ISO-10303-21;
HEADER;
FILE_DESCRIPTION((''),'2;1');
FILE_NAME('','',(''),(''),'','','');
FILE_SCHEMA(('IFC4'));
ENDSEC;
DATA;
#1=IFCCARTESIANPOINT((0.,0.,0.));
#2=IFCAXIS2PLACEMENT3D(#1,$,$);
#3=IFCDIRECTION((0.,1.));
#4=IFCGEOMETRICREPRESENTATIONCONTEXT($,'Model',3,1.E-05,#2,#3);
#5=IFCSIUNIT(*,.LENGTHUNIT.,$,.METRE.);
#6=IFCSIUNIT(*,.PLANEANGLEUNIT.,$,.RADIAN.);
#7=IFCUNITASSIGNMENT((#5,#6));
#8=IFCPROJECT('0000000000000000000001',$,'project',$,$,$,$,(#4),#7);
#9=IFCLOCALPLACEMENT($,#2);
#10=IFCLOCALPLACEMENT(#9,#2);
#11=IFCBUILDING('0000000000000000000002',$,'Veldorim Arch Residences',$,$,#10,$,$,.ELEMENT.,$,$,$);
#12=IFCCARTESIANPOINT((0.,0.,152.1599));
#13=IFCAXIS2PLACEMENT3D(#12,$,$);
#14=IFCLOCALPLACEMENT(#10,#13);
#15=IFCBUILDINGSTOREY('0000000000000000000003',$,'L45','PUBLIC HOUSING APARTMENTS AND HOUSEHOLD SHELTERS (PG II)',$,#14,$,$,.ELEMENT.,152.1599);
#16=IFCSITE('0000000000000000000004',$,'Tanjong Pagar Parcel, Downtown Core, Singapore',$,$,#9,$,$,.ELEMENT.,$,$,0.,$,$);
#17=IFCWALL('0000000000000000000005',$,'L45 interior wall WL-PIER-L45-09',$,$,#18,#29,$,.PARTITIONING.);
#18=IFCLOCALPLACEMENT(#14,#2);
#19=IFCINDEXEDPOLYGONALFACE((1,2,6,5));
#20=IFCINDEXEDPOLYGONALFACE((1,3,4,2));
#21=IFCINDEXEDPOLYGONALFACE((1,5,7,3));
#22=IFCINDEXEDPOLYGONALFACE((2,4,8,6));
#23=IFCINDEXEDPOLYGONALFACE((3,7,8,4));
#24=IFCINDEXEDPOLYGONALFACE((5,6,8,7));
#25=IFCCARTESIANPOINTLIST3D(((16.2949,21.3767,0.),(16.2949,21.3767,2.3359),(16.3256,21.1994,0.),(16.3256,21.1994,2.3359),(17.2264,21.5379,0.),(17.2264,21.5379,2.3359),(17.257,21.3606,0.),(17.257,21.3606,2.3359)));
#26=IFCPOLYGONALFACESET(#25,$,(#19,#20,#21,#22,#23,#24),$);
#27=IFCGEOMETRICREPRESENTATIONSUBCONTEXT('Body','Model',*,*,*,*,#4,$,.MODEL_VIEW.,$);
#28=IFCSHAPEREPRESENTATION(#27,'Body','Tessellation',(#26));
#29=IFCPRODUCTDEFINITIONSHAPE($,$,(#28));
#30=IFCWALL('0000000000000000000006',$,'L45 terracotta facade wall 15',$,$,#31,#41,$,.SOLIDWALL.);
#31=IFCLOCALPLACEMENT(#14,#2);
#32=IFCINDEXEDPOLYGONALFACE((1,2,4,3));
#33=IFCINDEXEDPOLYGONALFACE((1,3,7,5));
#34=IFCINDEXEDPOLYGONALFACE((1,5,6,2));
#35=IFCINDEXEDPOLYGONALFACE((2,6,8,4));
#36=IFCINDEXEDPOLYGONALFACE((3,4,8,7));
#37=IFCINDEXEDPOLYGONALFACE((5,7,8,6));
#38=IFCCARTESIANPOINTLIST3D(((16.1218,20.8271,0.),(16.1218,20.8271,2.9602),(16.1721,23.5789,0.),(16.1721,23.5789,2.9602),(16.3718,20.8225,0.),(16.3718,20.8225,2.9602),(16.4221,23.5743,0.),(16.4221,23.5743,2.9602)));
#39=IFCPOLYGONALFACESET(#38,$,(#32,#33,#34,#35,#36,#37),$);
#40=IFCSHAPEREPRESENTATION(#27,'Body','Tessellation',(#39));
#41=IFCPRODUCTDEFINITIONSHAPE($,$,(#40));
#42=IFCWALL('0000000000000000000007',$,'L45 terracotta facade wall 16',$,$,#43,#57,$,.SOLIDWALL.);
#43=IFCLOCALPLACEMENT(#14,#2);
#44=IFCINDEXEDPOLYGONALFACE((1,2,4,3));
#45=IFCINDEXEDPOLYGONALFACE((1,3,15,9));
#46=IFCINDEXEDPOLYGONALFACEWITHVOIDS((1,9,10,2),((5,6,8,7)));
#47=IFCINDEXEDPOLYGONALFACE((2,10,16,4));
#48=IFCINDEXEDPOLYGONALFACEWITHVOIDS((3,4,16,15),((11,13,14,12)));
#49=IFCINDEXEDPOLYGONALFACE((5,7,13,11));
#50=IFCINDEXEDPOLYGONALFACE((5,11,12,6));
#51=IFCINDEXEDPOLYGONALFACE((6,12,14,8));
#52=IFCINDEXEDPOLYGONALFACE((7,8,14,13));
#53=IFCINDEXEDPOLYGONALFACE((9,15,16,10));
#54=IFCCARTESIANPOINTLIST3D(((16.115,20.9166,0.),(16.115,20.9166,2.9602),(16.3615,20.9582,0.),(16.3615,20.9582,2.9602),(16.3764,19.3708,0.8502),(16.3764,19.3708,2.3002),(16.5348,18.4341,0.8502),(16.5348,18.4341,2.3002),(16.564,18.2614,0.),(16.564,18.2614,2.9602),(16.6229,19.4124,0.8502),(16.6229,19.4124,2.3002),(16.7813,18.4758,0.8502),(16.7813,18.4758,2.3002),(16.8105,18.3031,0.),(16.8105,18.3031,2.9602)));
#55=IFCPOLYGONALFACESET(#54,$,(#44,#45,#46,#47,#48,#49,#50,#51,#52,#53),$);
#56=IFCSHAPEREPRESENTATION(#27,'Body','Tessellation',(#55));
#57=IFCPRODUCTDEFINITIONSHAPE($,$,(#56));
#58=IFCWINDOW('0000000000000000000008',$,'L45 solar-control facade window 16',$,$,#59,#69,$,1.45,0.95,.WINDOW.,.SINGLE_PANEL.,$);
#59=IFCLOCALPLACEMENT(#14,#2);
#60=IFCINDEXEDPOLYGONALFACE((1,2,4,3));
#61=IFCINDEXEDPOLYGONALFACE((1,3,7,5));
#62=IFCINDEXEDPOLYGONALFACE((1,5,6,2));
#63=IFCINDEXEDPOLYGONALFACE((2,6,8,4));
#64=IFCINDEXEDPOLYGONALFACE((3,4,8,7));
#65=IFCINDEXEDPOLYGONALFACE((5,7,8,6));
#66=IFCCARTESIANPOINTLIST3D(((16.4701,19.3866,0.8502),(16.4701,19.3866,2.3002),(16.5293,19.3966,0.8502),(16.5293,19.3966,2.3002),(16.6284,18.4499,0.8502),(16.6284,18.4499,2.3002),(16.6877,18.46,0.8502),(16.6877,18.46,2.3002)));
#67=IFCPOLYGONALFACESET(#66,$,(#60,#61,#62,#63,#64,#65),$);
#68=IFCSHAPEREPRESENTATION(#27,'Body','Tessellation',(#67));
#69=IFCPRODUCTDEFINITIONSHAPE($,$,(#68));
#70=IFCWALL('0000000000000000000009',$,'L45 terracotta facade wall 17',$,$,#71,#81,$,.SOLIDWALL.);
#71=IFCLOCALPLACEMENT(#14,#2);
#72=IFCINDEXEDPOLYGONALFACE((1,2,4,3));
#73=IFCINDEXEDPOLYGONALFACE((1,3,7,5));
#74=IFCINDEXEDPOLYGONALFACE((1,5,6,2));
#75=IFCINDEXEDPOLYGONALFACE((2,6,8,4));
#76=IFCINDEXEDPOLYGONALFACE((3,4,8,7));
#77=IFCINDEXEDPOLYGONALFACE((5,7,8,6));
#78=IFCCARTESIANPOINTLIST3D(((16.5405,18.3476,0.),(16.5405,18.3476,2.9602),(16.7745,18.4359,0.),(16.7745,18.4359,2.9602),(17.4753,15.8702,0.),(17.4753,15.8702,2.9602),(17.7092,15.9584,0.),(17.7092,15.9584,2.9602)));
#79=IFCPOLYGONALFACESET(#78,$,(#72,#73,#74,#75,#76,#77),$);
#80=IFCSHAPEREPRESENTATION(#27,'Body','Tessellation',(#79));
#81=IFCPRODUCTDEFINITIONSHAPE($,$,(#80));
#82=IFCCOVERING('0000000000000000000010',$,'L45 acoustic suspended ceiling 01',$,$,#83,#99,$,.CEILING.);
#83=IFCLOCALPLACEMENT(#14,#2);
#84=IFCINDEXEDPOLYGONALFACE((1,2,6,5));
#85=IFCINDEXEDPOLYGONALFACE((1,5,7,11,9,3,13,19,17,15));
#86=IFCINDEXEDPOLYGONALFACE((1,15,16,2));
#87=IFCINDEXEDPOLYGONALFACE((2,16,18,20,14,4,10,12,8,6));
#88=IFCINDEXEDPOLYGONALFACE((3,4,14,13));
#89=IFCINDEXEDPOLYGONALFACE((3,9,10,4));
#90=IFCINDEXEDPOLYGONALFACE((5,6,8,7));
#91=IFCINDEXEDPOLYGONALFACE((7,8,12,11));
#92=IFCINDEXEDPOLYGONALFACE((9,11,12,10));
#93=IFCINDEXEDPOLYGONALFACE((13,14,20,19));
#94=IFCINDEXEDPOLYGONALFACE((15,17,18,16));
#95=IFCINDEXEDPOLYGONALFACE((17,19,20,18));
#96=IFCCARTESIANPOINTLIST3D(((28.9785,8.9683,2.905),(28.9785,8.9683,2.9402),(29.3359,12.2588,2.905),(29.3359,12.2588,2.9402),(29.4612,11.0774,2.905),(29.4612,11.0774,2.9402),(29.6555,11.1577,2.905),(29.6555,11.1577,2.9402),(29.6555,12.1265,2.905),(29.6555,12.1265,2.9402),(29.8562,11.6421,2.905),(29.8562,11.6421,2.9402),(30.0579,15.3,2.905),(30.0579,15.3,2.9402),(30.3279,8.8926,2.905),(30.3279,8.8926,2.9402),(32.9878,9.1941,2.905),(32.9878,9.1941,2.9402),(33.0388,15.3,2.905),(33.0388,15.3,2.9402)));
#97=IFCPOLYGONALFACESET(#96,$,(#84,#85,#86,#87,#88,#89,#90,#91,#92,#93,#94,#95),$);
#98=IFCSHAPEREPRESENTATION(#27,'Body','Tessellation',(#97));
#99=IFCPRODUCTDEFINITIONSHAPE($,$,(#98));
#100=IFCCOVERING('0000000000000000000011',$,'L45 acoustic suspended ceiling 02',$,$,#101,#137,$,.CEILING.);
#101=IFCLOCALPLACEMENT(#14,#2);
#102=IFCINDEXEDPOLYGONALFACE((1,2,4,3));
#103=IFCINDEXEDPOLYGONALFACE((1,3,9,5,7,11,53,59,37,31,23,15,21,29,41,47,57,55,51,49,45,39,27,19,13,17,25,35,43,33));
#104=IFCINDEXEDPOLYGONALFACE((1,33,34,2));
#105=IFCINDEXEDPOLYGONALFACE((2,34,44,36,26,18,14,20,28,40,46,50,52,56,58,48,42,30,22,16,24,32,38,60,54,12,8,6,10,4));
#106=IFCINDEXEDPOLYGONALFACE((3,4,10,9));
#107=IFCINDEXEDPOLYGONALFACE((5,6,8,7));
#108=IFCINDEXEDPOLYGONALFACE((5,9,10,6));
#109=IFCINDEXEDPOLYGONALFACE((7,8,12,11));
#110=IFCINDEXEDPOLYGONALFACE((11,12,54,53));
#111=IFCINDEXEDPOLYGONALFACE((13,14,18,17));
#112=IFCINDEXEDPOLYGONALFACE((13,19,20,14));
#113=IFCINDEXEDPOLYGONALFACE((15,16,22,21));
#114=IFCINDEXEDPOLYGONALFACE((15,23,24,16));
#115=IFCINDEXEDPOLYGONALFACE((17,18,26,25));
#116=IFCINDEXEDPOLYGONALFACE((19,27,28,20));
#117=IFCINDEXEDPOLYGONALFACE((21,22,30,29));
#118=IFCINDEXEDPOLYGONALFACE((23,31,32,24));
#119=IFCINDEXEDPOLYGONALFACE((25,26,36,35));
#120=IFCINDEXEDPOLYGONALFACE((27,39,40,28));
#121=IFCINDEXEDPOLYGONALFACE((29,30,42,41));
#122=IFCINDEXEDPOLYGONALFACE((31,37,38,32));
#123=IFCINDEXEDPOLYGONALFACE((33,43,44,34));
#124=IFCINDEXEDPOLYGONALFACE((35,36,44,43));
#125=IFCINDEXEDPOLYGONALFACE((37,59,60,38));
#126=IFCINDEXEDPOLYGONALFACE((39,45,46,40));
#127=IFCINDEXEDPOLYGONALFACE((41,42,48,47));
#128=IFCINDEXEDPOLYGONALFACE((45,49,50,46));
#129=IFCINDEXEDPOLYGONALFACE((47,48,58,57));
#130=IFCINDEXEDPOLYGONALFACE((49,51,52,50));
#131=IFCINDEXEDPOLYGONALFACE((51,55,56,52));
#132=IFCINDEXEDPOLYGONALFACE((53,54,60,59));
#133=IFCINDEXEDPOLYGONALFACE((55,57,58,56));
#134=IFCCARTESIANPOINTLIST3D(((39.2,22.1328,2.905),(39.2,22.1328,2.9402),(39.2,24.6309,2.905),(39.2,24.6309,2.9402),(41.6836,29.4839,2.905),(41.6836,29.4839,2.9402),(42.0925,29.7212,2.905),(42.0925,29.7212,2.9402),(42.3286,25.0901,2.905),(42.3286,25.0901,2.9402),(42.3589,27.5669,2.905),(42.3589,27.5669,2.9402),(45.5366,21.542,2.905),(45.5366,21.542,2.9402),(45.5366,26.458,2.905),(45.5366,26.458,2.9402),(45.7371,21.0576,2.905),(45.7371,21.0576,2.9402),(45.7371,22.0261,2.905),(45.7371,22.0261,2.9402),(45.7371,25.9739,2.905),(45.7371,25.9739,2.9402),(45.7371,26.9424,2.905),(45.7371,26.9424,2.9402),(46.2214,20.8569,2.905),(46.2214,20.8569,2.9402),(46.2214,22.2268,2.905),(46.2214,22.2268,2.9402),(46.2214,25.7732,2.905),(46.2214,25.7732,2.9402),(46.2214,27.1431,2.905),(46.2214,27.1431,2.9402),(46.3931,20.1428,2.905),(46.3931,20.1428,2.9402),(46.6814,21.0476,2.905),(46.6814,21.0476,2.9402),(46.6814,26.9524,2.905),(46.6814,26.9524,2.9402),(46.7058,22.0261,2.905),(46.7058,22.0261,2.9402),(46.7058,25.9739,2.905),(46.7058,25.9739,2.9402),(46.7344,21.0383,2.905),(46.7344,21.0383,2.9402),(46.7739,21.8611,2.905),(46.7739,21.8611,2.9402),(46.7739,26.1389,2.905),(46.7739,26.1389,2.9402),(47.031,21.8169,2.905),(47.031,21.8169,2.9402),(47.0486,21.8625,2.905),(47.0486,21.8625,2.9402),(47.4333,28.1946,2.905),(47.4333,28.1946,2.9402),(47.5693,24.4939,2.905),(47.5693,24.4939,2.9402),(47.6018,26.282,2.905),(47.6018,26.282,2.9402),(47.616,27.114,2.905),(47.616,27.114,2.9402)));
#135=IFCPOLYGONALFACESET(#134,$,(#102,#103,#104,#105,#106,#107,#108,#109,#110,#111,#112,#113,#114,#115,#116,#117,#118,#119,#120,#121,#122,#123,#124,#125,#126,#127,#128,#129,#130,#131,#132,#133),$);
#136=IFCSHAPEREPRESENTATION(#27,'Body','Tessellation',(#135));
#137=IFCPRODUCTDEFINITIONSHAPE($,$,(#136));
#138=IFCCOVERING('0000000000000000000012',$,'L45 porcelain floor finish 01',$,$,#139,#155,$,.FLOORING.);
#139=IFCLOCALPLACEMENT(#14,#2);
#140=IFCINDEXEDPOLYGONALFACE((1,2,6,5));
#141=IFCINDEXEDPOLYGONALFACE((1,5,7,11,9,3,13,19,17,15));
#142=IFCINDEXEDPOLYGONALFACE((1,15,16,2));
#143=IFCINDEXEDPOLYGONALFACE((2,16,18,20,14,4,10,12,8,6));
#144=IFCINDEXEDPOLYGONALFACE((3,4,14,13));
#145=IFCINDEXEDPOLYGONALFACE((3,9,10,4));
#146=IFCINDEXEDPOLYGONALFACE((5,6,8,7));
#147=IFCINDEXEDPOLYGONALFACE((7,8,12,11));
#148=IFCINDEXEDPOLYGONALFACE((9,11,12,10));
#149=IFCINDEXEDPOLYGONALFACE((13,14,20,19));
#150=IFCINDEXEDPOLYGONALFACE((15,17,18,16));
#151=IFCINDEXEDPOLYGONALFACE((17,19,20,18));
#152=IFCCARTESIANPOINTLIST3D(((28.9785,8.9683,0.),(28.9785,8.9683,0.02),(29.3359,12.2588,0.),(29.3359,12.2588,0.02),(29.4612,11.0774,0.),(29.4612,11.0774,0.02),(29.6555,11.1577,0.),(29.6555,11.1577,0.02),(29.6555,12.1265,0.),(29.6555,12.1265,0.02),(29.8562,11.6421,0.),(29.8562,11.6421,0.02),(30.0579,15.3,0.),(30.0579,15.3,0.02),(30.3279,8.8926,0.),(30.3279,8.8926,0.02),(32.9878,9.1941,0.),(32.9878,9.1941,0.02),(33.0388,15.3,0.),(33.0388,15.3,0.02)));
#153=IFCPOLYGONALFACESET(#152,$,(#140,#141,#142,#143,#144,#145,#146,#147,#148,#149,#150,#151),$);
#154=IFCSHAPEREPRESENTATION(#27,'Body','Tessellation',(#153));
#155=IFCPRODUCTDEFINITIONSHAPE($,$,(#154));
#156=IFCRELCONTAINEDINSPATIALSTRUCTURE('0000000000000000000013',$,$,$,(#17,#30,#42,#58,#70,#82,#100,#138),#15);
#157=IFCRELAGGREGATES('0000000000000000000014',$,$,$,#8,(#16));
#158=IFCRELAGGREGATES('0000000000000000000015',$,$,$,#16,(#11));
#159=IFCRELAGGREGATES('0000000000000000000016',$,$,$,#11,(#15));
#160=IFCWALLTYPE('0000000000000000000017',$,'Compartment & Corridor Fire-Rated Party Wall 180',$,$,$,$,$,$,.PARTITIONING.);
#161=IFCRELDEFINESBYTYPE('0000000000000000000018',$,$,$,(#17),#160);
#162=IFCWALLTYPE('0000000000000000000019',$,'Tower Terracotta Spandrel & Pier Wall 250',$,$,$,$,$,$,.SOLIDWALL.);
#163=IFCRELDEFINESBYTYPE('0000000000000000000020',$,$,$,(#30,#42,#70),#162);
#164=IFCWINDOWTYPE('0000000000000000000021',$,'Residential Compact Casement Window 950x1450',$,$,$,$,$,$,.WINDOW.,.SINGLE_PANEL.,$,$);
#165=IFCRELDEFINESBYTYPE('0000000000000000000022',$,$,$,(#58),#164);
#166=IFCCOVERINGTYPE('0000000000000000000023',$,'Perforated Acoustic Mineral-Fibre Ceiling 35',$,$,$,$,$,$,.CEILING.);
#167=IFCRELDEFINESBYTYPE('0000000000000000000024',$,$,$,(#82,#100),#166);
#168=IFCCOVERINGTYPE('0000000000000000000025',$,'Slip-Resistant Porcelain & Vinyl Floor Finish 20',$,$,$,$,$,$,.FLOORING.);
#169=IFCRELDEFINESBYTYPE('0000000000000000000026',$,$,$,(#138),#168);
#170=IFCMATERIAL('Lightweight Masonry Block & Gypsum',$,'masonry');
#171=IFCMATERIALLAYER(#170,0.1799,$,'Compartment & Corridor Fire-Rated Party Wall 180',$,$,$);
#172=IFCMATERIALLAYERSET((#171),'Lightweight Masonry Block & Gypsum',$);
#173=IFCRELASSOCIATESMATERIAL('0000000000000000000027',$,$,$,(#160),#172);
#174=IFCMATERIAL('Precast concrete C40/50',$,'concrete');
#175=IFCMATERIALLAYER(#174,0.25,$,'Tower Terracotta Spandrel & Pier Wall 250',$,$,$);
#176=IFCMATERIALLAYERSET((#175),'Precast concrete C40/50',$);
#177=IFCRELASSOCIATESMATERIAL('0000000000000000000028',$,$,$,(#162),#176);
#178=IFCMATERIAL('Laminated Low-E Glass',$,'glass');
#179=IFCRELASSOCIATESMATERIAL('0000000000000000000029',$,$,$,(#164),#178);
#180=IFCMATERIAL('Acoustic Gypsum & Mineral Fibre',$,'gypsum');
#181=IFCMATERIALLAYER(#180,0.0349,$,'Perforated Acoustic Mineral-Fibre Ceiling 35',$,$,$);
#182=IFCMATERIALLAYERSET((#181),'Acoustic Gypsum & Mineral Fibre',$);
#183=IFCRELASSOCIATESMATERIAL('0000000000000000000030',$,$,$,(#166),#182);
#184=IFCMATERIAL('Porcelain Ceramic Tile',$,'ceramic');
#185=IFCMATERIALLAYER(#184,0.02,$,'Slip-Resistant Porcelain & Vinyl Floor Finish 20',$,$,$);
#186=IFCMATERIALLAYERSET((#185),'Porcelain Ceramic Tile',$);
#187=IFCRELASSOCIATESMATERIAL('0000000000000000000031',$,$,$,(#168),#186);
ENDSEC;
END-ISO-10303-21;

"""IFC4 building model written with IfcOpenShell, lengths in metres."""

from ifc_helpers import new_model, si_unit, direction, frame, frame_2d, origin, place, context, subcontext, project, spatial, polyline, rectangle, outline, extrude, material, layer, layer_set, type_object, element, fill, save


model = new_model("IFC4")

# Units and contexts
model_context = context("Model", 3, precision=1e-05, world=origin(), true_north=direction((0.0, 1.0)))
body_context = subcontext(model_context, "Body", "Model", "MODEL_VIEW")
ifc_project = project(units=[si_unit("LENGTHUNIT", "METRE"), si_unit("PLANEANGLEUNIT", "RADIAN")], contexts=[model_context])

# Site, building, storey
site_placement = place(None, origin())
site = spatial("IfcSite", under=ifc_project, at=site_placement, Name="Tanjong Pagar Parcel, Downtown Core, Singapore", CompositionType="ELEMENT", RefElevation=0.0)
building_placement = place(site_placement, origin())
building = spatial("IfcBuilding", under=site, at=building_placement, Name="Veldorim Arch Residences", CompositionType="ELEMENT")
storey_placement = place(building_placement, frame((0.0, 0.0, 152.1599)))
storey = spatial("IfcBuildingStorey", under=building, at=storey_placement, Name="L45", Description="PUBLIC HOUSING APARTMENTS AND HOUSEHOLD SHELTERS (PG II)", CompositionType="ELEMENT", Elevation=152.1599)

# Walls
ifc_material_1 = material(Name="Lightweight Masonry Block & Gypsum", Category="masonry")
ifc_layer_1 = layer(ifc_material_1, 0.1799, Name="Compartment & Corridor Fire-Rated Party Wall 180")
ifc_layer_set_1 = layer_set([ifc_layer_1], Name="Lightweight Masonry Block & Gypsum")
wall_type_1 = type_object("IfcWallType", Name="Compartment & Corridor Fire-Rated Party Wall 180", PredefinedType="PARTITIONING", material=ifc_layer_set_1)
wall_1_placement = place(storey_placement, frame((17.2417, 21.4492, 0.0), z_axis=(0.0, 0.0, 1.0), x_axis=(-0.985363, -0.170469, 0.0)))
element("IfcWall", 1, at=wall_1_placement, inside=storey, type_object=wall_type_1, Name="L45 interior wall WL-PIER-L45-09", PredefinedType="PARTITIONING", context=body_context, shape_type="SweptSolid", body=[
    extrude(rectangle(XDim=0.9453, YDim=0.1799, at=frame_2d((0.4727, 0.0))), origin(), (0.0, 0.0, 1.0), 2.3359),
])
ifc_material_2 = material(Name="Precast concrete C40/50", Category="concrete")
ifc_layer_2 = layer(ifc_material_2, 0.25, Name="Tower Terracotta Spandrel & Pier Wall 250")
ifc_layer_set_2 = layer_set([ifc_layer_2], Name="Precast concrete C40/50")
wall_type_2 = type_object("IfcWallType", Name="Tower Terracotta Spandrel & Pier Wall 250", PredefinedType="SOLIDWALL", material=ifc_layer_set_2)
wall_2_placement = place(storey_placement, frame((16.2468, 20.825, 0.0), z_axis=(0.0, 0.0, 1.0), x_axis=(0.018274, 0.999833, 0.0)))
element("IfcWall", 2, at=wall_2_placement, inside=storey, type_object=wall_type_2, Name="L45 terracotta facade wall 15", PredefinedType="SOLIDWALL", context=body_context, shape_type="SweptSolid", body=[
    extrude(rectangle(XDim=2.7522, YDim=0.25, at=frame_2d((1.376, 0.0))), origin(), (0.0, 0.0, 1.0), 2.9602),
])

# Wall, opening, window
wall_3_placement = place(storey_placement, frame((16.6873, 18.2822, 0.0), z_axis=(0.0, 0.0, 1.0), x_axis=(-0.166721, 0.986004, 0.0)))
wall_3 = element("IfcWall", 3, at=wall_3_placement, inside=storey, type_object=wall_type_2, Name="L45 terracotta facade wall 16", PredefinedType="SOLIDWALL", context=body_context, shape_type="SweptSolid", body=[
    extrude(rectangle(XDim=2.6929, YDim=0.25, at=frame_2d((1.3464, 0.0))), origin(), (0.0, 0.0, 1.0), 2.9602),
])
opening_1_placement = place(wall_3_placement, frame((0.175, 0.0, 0.8501)))
opening_1 = element("IfcOpeningElement", 4, at=opening_1_placement, cuts=wall_3, PredefinedType="OPENING", context=body_context, shape_type="SweptSolid", body=[
    extrude(rectangle(XDim=0.95, YDim=1.45, at=frame_2d((0.4751, 0.7251))), frame((0.0, 0.135, 0.0), z_axis=(0.0, -1.0, 0.0), x_axis=(1.0, 0.0, 0.0)), (0.0, 0.0, 1.0), 0.27),
])
ifc_material_3 = material(Name="Laminated Low-E Glass", Category="glass")
window_type = type_object("IfcWindowType", Name="Residential Compact Casement Window 950x1450", PartitioningType="SINGLE_PANEL", PredefinedType="WINDOW", material=ifc_material_3)
window_placement = place(opening_1_placement, origin())
window = element("IfcWindow", 5, at=window_placement, inside=storey, type_object=window_type, Name="L45 solar-control facade window 16", OverallHeight=1.45, OverallWidth=0.95, PartitioningType="SINGLE_PANEL", PredefinedType="WINDOW", context=body_context, shape_type="SweptSolid", body=[
    extrude(rectangle(XDim=0.95, YDim=1.45, at=frame_2d((0.4751, 0.7251))), frame((0.0, 0.03, 0.0), z_axis=(0.0, -1.0, 0.0), x_axis=(1.0, 0.0, 0.0)), (0.0, 0.0, 1.0), 0.0601),
])
fill(opening_1, window)

# Wall
wall_4_placement = place(storey_placement, frame((17.5923, 15.9143, 0.0), z_axis=(0.0, 0.0, 1.0), x_axis=(-0.353022, 0.935615, 0.0)))
element("IfcWall", 6, at=wall_4_placement, inside=storey, type_object=wall_type_2, Name="L45 terracotta facade wall 17", PredefinedType="SOLIDWALL", context=body_context, shape_type="SweptSolid", body=[
    extrude(rectangle(XDim=2.6479, YDim=0.25, at=frame_2d((1.324, 0.0))), origin(), (0.0, 0.0, 1.0), 2.9602),
])

# Coverings
ifc_material_4 = material(Name="Acoustic Gypsum & Mineral Fibre", Category="gypsum")
ifc_layer_3 = layer(ifc_material_4, 0.0349, Name="Perforated Acoustic Mineral-Fibre Ceiling 35")
ifc_layer_set_3 = layer_set([ifc_layer_3], Name="Acoustic Gypsum & Mineral Fibre")
covering_type_1 = type_object("IfcCoveringType", Name="Perforated Acoustic Mineral-Fibre Ceiling 35", PredefinedType="CEILING", material=ifc_layer_set_3)
covering_1_placement = place(storey_placement, frame((0.0, 0.0, 2.905)))
element("IfcCovering", 7, at=covering_1_placement, inside=storey, type_object=covering_type_1, Name="L45 acoustic suspended ceiling 01", PredefinedType="CEILING", context=body_context, shape_type="SweptSolid", body=[
    extrude(outline(polyline([(28.9785, 8.9683), (29.4612, 11.0774), (29.6555, 11.1577), (29.8562, 11.6421), (29.6555, 12.1265), (29.3359, 12.2588), (30.0579, 15.3), (33.0388, 15.3), (32.9878, 9.1941), (30.3279, 8.8926), (28.9785, 8.9683)])), origin(), (0.0, 0.0, 1.0), 0.0352),
])
covering_2_placement = place(storey_placement, frame((0.0, 0.0, 2.905)))
element("IfcCovering", 8, at=covering_2_placement, inside=storey, type_object=covering_type_1, Name="L45 acoustic suspended ceiling 02", PredefinedType="CEILING", context=body_context, shape_type="SweptSolid", body=[
    extrude(outline(polyline([(46.7344, 21.0383), (46.3931, 20.1428), (39.2, 22.1328), (39.2, 24.6309), (42.3286, 25.0901), (41.6836, 29.4839), (42.0925, 29.7212), (42.3589, 27.5669), (47.4333, 28.1946), (47.616, 27.114), (46.6814, 26.9524), (46.2214, 27.1431), (45.7371, 26.9424), (45.5366, 26.458), (45.7371, 25.9739), (46.2214, 25.7732), (46.7058, 25.9739), (46.7739, 26.1389), (47.6018, 26.282), (47.5693, 24.4939), (47.0486, 21.8625), (47.031, 21.8169), (46.7739, 21.8611), (46.7058, 22.0261), (46.2214, 22.2268), (45.7371, 22.0261), (45.5366, 21.542), (45.7371, 21.0576), (46.2214, 20.8569), (46.6814, 21.0476), (46.7344, 21.0383)])), origin(), (0.0, 0.0, 1.0), 0.0352),
])
ifc_material_5 = material(Name="Porcelain Ceramic Tile", Category="ceramic")
ifc_layer_4 = layer(ifc_material_5, 0.02, Name="Slip-Resistant Porcelain & Vinyl Floor Finish 20")
ifc_layer_set_4 = layer_set([ifc_layer_4], Name="Porcelain Ceramic Tile")
covering_type_2 = type_object("IfcCoveringType", Name="Slip-Resistant Porcelain & Vinyl Floor Finish 20", PredefinedType="FLOORING", material=ifc_layer_set_4)
covering_3_placement = place(storey_placement, origin())
element("IfcCovering", 9, at=covering_3_placement, inside=storey, type_object=covering_type_2, Name="L45 porcelain floor finish 01", PredefinedType="FLOORING", context=body_context, shape_type="SweptSolid", body=[
    extrude(outline(polyline([(28.9785, 8.9683), (29.4612, 11.0774), (29.6555, 11.1577), (29.8562, 11.6421), (29.6555, 12.1265), (29.3359, 12.2588), (30.0579, 15.3), (33.0388, 15.3), (32.9878, 9.1941), (30.3279, 8.8926), (28.9785, 8.9683)])), origin(), (0.0, 0.0, 1.0), 0.02),
])

save(model, "model.ifc")
